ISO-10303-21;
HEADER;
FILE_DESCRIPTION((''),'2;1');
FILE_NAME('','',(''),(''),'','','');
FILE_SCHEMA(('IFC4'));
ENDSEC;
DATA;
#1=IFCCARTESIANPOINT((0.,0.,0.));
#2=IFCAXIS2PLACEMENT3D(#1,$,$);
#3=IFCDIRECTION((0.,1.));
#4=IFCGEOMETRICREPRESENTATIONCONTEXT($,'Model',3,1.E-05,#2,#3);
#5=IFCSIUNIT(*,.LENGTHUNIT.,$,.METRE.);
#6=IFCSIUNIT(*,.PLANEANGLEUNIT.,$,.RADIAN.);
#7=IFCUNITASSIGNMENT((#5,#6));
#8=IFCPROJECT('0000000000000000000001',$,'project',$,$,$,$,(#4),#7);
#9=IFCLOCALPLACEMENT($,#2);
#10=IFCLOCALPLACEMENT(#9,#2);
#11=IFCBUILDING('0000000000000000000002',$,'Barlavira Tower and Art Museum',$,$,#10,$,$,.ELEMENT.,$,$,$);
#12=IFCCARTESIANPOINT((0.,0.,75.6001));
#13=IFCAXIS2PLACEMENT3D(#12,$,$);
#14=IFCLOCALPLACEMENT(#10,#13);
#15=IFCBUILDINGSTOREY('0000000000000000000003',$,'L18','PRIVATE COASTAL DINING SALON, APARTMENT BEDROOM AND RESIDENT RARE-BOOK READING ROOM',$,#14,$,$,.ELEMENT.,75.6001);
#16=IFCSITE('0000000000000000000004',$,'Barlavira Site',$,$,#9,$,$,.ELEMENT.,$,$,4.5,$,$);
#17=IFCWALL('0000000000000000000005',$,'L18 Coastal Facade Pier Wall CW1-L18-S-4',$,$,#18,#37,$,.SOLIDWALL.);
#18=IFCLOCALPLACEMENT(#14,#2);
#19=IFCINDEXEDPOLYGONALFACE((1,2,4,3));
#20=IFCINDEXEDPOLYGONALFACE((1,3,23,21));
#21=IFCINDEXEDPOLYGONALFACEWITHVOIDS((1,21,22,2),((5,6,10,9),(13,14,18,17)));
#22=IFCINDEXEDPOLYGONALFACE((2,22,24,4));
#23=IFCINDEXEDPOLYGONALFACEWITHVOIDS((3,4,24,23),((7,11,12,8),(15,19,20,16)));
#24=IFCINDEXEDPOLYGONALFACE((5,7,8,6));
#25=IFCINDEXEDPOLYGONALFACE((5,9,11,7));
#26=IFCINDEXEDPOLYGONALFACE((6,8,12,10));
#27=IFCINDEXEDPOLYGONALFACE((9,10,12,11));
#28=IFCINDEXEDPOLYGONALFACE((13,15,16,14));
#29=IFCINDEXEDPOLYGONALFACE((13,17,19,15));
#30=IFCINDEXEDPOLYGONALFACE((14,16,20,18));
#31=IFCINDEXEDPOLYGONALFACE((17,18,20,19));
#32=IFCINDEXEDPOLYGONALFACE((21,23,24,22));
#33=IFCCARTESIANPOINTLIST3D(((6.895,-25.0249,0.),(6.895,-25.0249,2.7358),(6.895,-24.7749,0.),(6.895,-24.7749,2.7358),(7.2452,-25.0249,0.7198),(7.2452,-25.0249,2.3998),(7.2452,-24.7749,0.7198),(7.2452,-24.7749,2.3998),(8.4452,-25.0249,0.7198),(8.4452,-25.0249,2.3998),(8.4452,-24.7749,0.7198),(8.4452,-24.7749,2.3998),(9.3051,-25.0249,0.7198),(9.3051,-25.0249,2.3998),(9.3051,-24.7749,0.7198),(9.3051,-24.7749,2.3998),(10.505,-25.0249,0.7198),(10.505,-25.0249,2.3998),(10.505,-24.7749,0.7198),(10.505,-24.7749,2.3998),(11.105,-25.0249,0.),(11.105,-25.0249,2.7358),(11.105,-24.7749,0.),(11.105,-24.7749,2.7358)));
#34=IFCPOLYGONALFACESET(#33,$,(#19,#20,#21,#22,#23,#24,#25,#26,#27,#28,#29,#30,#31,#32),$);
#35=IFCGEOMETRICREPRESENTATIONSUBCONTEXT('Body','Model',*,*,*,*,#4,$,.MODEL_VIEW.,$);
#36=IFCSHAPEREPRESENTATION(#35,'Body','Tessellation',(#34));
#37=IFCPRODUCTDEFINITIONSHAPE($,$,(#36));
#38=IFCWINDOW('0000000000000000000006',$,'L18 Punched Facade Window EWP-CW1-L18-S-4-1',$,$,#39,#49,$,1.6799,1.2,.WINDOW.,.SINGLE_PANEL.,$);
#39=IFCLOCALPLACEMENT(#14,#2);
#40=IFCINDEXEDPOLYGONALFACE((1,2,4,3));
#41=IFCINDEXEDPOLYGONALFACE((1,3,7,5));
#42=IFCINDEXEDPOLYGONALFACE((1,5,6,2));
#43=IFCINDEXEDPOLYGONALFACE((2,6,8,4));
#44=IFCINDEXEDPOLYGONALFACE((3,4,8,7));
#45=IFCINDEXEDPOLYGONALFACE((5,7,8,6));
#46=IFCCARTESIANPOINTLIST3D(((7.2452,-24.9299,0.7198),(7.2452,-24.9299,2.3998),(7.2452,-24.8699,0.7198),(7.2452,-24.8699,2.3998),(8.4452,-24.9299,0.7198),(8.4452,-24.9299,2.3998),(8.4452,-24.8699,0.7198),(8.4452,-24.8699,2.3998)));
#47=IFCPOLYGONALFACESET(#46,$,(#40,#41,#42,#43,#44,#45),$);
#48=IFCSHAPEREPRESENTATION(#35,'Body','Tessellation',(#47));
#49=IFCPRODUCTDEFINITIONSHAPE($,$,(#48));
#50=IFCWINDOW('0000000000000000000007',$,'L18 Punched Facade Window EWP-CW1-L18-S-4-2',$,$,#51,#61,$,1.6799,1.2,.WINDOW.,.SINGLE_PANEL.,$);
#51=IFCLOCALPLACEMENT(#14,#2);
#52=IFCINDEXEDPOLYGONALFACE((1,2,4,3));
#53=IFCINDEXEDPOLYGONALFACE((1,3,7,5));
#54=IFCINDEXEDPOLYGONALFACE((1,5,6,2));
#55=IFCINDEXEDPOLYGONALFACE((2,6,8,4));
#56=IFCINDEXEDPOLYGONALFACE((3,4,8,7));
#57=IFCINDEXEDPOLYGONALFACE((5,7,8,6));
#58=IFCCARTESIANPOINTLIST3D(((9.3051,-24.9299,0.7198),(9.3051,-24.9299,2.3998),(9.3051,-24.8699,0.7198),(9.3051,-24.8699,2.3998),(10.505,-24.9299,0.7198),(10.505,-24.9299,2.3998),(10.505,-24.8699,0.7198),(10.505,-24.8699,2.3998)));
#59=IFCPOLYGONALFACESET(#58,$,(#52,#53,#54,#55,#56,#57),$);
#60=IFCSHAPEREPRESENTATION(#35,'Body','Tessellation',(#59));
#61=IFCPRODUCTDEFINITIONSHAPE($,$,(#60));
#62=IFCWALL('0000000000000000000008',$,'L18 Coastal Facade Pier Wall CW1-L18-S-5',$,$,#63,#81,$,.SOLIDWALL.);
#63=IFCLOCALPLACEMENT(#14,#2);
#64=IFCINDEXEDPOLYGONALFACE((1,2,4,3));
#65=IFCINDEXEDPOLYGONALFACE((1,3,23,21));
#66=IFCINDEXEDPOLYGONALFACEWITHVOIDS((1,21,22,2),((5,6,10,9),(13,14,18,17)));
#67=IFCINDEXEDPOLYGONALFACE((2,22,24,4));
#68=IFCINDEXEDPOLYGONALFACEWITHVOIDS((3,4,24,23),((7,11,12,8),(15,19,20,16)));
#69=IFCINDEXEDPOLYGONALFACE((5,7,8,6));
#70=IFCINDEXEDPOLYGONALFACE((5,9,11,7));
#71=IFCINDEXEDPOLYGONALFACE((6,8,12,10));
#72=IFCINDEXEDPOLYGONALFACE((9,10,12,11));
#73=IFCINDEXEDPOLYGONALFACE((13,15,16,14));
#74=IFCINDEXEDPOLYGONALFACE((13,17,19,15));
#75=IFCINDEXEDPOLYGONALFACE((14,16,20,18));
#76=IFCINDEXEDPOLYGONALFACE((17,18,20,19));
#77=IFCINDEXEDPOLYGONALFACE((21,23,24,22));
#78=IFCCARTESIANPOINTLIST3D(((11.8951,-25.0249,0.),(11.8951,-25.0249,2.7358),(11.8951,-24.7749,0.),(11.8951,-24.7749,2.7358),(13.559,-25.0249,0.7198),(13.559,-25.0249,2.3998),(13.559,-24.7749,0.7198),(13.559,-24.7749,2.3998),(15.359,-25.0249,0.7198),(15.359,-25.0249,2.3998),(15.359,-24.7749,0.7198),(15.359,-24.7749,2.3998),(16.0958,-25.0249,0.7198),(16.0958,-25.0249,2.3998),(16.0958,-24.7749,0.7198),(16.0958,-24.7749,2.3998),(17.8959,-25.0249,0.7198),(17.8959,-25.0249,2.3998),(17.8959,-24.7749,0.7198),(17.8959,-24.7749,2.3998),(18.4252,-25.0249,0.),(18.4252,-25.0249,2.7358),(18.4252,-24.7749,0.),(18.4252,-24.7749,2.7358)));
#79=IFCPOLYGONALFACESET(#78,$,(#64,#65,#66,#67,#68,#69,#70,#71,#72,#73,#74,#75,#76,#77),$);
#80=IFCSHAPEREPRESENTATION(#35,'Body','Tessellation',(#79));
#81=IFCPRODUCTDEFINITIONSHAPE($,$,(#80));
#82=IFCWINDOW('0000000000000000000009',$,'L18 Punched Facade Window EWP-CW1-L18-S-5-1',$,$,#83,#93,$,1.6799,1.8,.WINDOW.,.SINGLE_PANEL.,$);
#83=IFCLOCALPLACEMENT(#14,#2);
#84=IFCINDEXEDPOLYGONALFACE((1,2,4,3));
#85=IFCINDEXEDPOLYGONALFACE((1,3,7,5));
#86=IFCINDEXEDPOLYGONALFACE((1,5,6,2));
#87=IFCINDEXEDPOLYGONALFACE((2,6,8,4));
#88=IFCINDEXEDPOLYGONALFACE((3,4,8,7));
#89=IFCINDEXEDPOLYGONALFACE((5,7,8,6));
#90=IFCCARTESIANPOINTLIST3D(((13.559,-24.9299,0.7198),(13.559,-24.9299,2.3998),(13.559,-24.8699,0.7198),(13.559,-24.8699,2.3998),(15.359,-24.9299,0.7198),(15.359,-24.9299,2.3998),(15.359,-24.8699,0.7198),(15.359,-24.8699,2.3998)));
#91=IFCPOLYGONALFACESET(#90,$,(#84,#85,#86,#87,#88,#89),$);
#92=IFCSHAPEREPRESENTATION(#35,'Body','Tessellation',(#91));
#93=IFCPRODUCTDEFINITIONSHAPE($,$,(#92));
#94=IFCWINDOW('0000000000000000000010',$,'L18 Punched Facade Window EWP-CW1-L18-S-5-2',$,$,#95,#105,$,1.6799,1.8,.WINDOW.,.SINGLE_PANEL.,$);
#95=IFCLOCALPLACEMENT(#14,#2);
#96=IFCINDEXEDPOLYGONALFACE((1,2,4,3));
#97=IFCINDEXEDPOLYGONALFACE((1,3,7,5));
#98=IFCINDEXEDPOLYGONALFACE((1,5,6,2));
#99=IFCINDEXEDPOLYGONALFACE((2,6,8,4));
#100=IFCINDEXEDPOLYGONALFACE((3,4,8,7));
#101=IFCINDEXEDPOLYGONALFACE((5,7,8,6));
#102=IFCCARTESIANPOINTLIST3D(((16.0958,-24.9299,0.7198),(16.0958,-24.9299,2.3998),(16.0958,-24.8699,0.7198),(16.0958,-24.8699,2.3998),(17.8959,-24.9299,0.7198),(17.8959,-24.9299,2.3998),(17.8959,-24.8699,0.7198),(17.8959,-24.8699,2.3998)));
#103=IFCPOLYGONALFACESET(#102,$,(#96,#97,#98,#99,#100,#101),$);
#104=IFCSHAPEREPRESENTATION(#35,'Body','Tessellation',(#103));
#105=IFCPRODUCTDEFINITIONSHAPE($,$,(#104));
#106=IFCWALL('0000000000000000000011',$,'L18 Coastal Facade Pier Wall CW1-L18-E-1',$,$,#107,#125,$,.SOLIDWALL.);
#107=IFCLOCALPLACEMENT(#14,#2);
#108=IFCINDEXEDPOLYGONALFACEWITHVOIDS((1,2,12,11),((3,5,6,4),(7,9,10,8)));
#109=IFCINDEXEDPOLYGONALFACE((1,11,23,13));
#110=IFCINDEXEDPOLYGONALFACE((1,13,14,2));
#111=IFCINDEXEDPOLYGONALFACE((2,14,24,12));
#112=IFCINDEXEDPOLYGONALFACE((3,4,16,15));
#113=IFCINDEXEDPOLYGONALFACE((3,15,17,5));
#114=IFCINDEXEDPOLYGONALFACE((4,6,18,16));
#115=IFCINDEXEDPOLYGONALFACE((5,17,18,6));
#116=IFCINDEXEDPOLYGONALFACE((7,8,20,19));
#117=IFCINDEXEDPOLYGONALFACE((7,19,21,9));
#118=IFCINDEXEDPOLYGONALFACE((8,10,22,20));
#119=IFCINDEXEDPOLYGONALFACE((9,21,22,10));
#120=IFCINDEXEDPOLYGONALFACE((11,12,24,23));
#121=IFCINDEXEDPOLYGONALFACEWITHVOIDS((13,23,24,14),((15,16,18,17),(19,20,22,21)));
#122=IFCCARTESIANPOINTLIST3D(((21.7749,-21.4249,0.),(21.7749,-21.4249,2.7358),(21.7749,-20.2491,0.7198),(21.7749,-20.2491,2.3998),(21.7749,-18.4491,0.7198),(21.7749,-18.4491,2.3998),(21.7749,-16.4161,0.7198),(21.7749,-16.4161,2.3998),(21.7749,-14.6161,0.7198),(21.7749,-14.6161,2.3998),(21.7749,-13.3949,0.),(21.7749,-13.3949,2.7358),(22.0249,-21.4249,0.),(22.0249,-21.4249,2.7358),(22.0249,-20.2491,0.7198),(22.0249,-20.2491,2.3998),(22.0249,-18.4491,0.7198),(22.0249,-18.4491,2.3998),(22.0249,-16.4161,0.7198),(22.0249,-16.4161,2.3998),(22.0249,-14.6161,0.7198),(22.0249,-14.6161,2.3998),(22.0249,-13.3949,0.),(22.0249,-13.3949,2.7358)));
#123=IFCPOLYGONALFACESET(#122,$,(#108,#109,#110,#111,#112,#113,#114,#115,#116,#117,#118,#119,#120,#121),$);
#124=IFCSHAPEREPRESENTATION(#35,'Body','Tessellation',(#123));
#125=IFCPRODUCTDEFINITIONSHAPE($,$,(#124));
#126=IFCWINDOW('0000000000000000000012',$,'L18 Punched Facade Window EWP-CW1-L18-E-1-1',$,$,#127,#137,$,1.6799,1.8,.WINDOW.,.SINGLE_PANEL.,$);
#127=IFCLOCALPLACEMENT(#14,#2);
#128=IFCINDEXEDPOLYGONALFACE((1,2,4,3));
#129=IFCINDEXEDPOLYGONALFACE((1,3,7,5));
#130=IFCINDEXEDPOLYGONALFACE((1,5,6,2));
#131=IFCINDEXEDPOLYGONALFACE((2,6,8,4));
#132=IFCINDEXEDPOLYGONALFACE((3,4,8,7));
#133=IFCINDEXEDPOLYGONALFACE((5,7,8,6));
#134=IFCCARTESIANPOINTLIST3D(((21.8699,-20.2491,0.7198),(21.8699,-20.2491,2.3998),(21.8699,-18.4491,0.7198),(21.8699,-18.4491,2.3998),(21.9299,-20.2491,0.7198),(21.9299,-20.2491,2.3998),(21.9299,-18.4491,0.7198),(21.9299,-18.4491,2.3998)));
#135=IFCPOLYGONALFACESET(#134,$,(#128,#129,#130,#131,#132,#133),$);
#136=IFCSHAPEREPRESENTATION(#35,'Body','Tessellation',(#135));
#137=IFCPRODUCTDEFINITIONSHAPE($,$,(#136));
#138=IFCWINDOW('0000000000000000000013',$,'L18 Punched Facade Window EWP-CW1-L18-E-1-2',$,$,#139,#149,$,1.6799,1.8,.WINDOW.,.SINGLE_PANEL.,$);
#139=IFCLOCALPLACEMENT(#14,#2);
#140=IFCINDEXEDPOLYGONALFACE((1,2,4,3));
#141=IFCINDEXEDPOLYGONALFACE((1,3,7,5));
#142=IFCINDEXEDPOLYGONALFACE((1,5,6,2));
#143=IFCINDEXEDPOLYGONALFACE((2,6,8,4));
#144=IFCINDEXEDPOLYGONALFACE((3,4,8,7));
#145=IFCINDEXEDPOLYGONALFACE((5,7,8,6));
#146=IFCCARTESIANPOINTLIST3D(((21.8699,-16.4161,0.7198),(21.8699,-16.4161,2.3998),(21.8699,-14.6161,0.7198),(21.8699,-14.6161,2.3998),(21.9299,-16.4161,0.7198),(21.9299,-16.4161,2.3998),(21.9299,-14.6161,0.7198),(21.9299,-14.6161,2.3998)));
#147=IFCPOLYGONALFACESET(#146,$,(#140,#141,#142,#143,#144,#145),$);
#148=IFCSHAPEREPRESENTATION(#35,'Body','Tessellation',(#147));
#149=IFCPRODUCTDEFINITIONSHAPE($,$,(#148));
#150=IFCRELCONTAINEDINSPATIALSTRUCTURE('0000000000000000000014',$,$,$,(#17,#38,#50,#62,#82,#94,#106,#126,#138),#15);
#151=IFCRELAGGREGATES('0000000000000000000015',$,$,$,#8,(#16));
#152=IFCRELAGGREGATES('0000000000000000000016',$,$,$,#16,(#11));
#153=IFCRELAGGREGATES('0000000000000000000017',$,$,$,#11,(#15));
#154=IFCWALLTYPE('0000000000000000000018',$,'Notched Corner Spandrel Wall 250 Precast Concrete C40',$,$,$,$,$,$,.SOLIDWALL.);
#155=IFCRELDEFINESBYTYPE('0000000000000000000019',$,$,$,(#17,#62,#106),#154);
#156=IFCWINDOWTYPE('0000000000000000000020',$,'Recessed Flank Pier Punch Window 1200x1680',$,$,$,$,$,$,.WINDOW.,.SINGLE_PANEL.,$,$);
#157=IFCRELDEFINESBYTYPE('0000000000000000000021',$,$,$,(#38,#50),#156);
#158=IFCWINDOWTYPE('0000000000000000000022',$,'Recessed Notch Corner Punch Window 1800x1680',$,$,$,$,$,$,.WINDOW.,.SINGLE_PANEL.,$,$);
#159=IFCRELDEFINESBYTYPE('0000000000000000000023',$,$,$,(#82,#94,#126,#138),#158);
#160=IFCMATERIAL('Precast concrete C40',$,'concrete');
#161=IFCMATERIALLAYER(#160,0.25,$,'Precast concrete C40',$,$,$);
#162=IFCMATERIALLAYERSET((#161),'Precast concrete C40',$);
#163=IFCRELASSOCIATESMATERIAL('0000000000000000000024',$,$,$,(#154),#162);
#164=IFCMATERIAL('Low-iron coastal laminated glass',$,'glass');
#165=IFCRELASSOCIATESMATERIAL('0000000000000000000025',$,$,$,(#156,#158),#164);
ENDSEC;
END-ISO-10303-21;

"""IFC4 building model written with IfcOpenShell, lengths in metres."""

from ifc_helpers import new_model, si_unit, direction, frame, frame_2d, origin, place, context, subcontext, project, spatial, rectangle, extrude, material, layer, layer_set, type_object, element, fill, save


model = new_model("IFC4")

# Units and contexts
model_context = context("Model", 3, precision=1e-05, world=origin(), true_north=direction((0.0, 1.0)))
body_context = subcontext(model_context, "Body", "Model", "MODEL_VIEW")
ifc_project = project(units=[si_unit("LENGTHUNIT", "METRE"), si_unit("PLANEANGLEUNIT", "RADIAN")], contexts=[model_context])

# Site, building, storey
site_placement = place(None, origin())
site = spatial("IfcSite", under=ifc_project, at=site_placement, Name="Barlavira Site", CompositionType="ELEMENT", RefElevation=4.5)
building_placement = place(site_placement, origin())
building = spatial("IfcBuilding", under=site, at=building_placement, Name="Barlavira Tower and Art Museum", CompositionType="ELEMENT")
storey_placement = place(building_placement, frame((0.0, 0.0, 75.6001)))
storey = spatial("IfcBuildingStorey", under=building, at=storey_placement, Name="L18", Description="PRIVATE COASTAL DINING SALON, APARTMENT BEDROOM AND RESIDENT RARE-BOOK READING ROOM", CompositionType="ELEMENT", Elevation=75.6001)

# Walls, openings, windows
ifc_material_1 = material(Name="Precast concrete C40", Category="concrete")
ifc_layer_1 = layer(ifc_material_1, 0.25, Name="Precast concrete C40")
ifc_layer_set_1 = layer_set([ifc_layer_1], Name="Precast concrete C40")
wall_type_1 = type_object("IfcWallType", Name="Notched Corner Spandrel Wall 250 Precast Concrete C40", PredefinedType="SOLIDWALL", material=ifc_layer_set_1)
wall_1_placement = place(storey_placement, frame((6.895, -24.8999, 0.0), z_axis=(0.0, 0.0, 1.0), x_axis=(1.0, 0.0, 0.0)))
wall_1 = element("IfcWall", 1, at=wall_1_placement, inside=storey, type_object=wall_type_1, Name="L18 Coastal Facade Pier Wall CW1-L18-S-4", PredefinedType="SOLIDWALL", context=body_context, shape_type="SweptSolid", body=[
    extrude(rectangle(XDim=4.21, YDim=0.25, at=frame_2d((2.105, 0.0))), origin(), (0.0, 0.0, 1.0), 2.7358),
])
opening_1_placement = place(wall_1_placement, frame((0.3501, 0.0, 0.72)))
opening_1 = element("IfcOpeningElement", 2, at=opening_1_placement, cuts=wall_1, PredefinedType="OPENING", context=body_context, shape_type="SweptSolid", body=[
    extrude(rectangle(XDim=1.2, YDim=1.6799, at=frame_2d((0.6001, 0.8398))), frame((0.0, 0.135, 0.0), z_axis=(0.0, -1.0, 0.0), x_axis=(1.0, 0.0, 0.0)), (0.0, 0.0, 1.0), 0.27),
])
opening_2_placement = place(wall_1_placement, frame((2.4099, 0.0, 0.72)))
opening_2 = element("IfcOpeningElement", 3, at=opening_2_placement, cuts=wall_1, PredefinedType="OPENING", context=body_context, shape_type="SweptSolid", body=[
    extrude(rectangle(XDim=1.2, YDim=1.6799, at=frame_2d((0.6001, 0.8398))), frame((0.0, 0.135, 0.0), z_axis=(0.0, -1.0, 0.0), x_axis=(1.0, 0.0, 0.0)), (0.0, 0.0, 1.0), 0.27),
])
ifc_material_2 = material(Name="Low-iron coastal laminated glass", Category="glass")
window_type_1 = type_object("IfcWindowType", Name="Recessed Flank Pier Punch Window 1200x1680", PartitioningType="SINGLE_PANEL", PredefinedType="WINDOW", material=ifc_material_2)
window_1_placement = place(opening_1_placement, origin())
window_1 = element("IfcWindow", 4, at=window_1_placement, inside=storey, type_object=window_type_1, Name="L18 Punched Facade Window EWP-CW1-L18-S-4-1", OverallHeight=1.6799, OverallWidth=1.2, PartitioningType="SINGLE_PANEL", PredefinedType="WINDOW", context=body_context, shape_type="SweptSolid", body=[
    extrude(rectangle(XDim=1.2, YDim=1.6799, at=frame_2d((0.6001, 0.8398))), frame((0.0, 0.03, 0.0), z_axis=(0.0, -1.0, 0.0), x_axis=(1.0, 0.0, 0.0)), (0.0, 0.0, 1.0), 0.0601),
])
fill(opening_1, window_1)
window_2_placement = place(opening_2_placement, origin())
window_2 = element("IfcWindow", 5, at=window_2_placement, inside=storey, type_object=window_type_1, Name="L18 Punched Facade Window EWP-CW1-L18-S-4-2", OverallHeight=1.6799, OverallWidth=1.2, PartitioningType="SINGLE_PANEL", PredefinedType="WINDOW", context=body_context, shape_type="SweptSolid", body=[
    extrude(rectangle(XDim=1.2, YDim=1.6799, at=frame_2d((0.6001, 0.8398))), frame((0.0, 0.03, 0.0), z_axis=(0.0, -1.0, 0.0), x_axis=(1.0, 0.0, 0.0)), (0.0, 0.0, 1.0), 0.0601),
])
fill(opening_2, window_2)
wall_2_placement = place(storey_placement, frame((11.895, -24.8999, 0.0), z_axis=(0.0, 0.0, 1.0), x_axis=(1.0, 0.0, 0.0)))
wall_2 = element("IfcWall", 6, at=wall_2_placement, inside=storey, type_object=wall_type_1, Name="L18 Coastal Facade Pier Wall CW1-L18-S-5", PredefinedType="SOLIDWALL", context=body_context, shape_type="SweptSolid", body=[
    extrude(rectangle(XDim=6.53, YDim=0.25, at=frame_2d((3.2651, 0.0))), origin(), (0.0, 0.0, 1.0), 2.7358),
])
opening_3_placement = place(wall_2_placement, frame((1.6641, 0.0, 0.72)))
opening_3 = element("IfcOpeningElement", 7, at=opening_3_placement, cuts=wall_2, PredefinedType="OPENING", context=body_context, shape_type="SweptSolid", body=[
    extrude(rectangle(XDim=1.8, YDim=1.6799, at=frame_2d((0.8999, 0.8398))), frame((0.0, 0.135, 0.0), z_axis=(0.0, -1.0, 0.0), x_axis=(1.0, 0.0, 0.0)), (0.0, 0.0, 1.0), 0.27),
])
opening_4_placement = place(wall_2_placement, frame((4.2009, 0.0, 0.72)))
opening_4 = element("IfcOpeningElement", 8, at=opening_4_placement, cuts=wall_2, PredefinedType="OPENING", context=body_context, shape_type="SweptSolid", body=[
    extrude(rectangle(XDim=1.8, YDim=1.6799, at=frame_2d((0.8999, 0.8398))), frame((0.0, 0.135, 0.0), z_axis=(0.0, -1.0, 0.0), x_axis=(1.0, 0.0, 0.0)), (0.0, 0.0, 1.0), 0.27),
])
window_type_2 = type_object("IfcWindowType", Name="Recessed Notch Corner Punch Window 1800x1680", PartitioningType="SINGLE_PANEL", PredefinedType="WINDOW", material=ifc_material_2)
window_3_placement = place(opening_3_placement, origin())
window_3 = element("IfcWindow", 9, at=window_3_placement, inside=storey, type_object=window_type_2, Name="L18 Punched Facade Window EWP-CW1-L18-S-5-1", OverallHeight=1.6799, OverallWidth=1.8, PartitioningType="SINGLE_PANEL", PredefinedType="WINDOW", context=body_context, shape_type="SweptSolid", body=[
    extrude(rectangle(XDim=1.8, YDim=1.6799, at=frame_2d((0.8999, 0.8398))), frame((0.0, 0.03, 0.0), z_axis=(0.0, -1.0, 0.0), x_axis=(1.0, 0.0, 0.0)), (0.0, 0.0, 1.0), 0.0601),
])
fill(opening_3, window_3)
window_4_placement = place(opening_4_placement, origin())
window_4 = element("IfcWindow", 10, at=window_4_placement, inside=storey, type_object=window_type_2, Name="L18 Punched Facade Window EWP-CW1-L18-S-5-2", OverallHeight=1.6799, OverallWidth=1.8, PartitioningType="SINGLE_PANEL", PredefinedType="WINDOW", context=body_context, shape_type="SweptSolid", body=[
    extrude(rectangle(XDim=1.8, YDim=1.6799, at=frame_2d((0.8999, 0.8398))), frame((0.0, 0.03, 0.0), z_axis=(0.0, -1.0, 0.0), x_axis=(1.0, 0.0, 0.0)), (0.0, 0.0, 1.0), 0.0601),
])
fill(opening_4, window_4)
wall_3_placement = place(storey_placement, frame((21.8999, -21.425, 0.0), z_axis=(0.0, 0.0, 1.0), x_axis=(0.0, 1.0, 0.0)))
wall_3 = element("IfcWall", 11, at=wall_3_placement, inside=storey, type_object=wall_type_1, Name="L18 Coastal Facade Pier Wall CW1-L18-E-1", PredefinedType="SOLIDWALL", context=body_context, shape_type="SweptSolid", body=[
    extrude(rectangle(XDim=8.03, YDim=0.25, at=frame_2d((4.0151, 0.0))), origin(), (0.0, 0.0, 1.0), 2.7358),
])
opening_5_placement = place(wall_3_placement, frame((1.176, 0.0, 0.72)))
opening_5 = element("IfcOpeningElement", 12, at=opening_5_placement, cuts=wall_3, PredefinedType="OPENING", context=body_context, shape_type="SweptSolid", body=[
    extrude(rectangle(XDim=1.8, YDim=1.6799, at=frame_2d((0.8999, 0.8398))), frame((0.0, 0.135, 0.0), z_axis=(0.0, -1.0, 0.0), x_axis=(1.0, 0.0, 0.0)), (0.0, 0.0, 1.0), 0.27),
])
opening_6_placement = place(wall_3_placement, frame((5.009, 0.0, 0.72)))
opening_6 = element("IfcOpeningElement", 13, at=opening_6_placement, cuts=wall_3, PredefinedType="OPENING", context=body_context, shape_type="SweptSolid", body=[
    extrude(rectangle(XDim=1.8, YDim=1.6799, at=frame_2d((0.8999, 0.8398))), frame((0.0, 0.135, 0.0), z_axis=(0.0, -1.0, 0.0), x_axis=(1.0, 0.0, 0.0)), (0.0, 0.0, 1.0), 0.27),
])
window_5_placement = place(opening_5_placement, origin())
window_5 = element("IfcWindow", 14, at=window_5_placement, inside=storey, type_object=window_type_2, Name="L18 Punched Facade Window EWP-CW1-L18-E-1-1", OverallHeight=1.6799, OverallWidth=1.8, PartitioningType="SINGLE_PANEL", PredefinedType="WINDOW", context=body_context, shape_type="SweptSolid", body=[
    extrude(rectangle(XDim=1.8, YDim=1.6799, at=frame_2d((0.8999, 0.8398))), frame((0.0, 0.03, 0.0), z_axis=(0.0, -1.0, 0.0), x_axis=(1.0, 0.0, 0.0)), (0.0, 0.0, 1.0), 0.0601),
])
fill(opening_5, window_5)
window_6_placement = place(opening_6_placement, origin())
window_6 = element("IfcWindow", 15, at=window_6_placement, inside=storey, type_object=window_type_2, Name="L18 Punched Facade Window EWP-CW1-L18-E-1-2", OverallHeight=1.6799, OverallWidth=1.8, PartitioningType="SINGLE_PANEL", PredefinedType="WINDOW", context=body_context, shape_type="SweptSolid", body=[
    extrude(rectangle(XDim=1.8, YDim=1.6799, at=frame_2d((0.8999, 0.8398))), frame((0.0, 0.03, 0.0), z_axis=(0.0, -1.0, 0.0), x_axis=(1.0, 0.0, 0.0)), (0.0, 0.0, 1.0), 0.0601),
])
fill(opening_6, window_6)

save(model, "model.ifc")
